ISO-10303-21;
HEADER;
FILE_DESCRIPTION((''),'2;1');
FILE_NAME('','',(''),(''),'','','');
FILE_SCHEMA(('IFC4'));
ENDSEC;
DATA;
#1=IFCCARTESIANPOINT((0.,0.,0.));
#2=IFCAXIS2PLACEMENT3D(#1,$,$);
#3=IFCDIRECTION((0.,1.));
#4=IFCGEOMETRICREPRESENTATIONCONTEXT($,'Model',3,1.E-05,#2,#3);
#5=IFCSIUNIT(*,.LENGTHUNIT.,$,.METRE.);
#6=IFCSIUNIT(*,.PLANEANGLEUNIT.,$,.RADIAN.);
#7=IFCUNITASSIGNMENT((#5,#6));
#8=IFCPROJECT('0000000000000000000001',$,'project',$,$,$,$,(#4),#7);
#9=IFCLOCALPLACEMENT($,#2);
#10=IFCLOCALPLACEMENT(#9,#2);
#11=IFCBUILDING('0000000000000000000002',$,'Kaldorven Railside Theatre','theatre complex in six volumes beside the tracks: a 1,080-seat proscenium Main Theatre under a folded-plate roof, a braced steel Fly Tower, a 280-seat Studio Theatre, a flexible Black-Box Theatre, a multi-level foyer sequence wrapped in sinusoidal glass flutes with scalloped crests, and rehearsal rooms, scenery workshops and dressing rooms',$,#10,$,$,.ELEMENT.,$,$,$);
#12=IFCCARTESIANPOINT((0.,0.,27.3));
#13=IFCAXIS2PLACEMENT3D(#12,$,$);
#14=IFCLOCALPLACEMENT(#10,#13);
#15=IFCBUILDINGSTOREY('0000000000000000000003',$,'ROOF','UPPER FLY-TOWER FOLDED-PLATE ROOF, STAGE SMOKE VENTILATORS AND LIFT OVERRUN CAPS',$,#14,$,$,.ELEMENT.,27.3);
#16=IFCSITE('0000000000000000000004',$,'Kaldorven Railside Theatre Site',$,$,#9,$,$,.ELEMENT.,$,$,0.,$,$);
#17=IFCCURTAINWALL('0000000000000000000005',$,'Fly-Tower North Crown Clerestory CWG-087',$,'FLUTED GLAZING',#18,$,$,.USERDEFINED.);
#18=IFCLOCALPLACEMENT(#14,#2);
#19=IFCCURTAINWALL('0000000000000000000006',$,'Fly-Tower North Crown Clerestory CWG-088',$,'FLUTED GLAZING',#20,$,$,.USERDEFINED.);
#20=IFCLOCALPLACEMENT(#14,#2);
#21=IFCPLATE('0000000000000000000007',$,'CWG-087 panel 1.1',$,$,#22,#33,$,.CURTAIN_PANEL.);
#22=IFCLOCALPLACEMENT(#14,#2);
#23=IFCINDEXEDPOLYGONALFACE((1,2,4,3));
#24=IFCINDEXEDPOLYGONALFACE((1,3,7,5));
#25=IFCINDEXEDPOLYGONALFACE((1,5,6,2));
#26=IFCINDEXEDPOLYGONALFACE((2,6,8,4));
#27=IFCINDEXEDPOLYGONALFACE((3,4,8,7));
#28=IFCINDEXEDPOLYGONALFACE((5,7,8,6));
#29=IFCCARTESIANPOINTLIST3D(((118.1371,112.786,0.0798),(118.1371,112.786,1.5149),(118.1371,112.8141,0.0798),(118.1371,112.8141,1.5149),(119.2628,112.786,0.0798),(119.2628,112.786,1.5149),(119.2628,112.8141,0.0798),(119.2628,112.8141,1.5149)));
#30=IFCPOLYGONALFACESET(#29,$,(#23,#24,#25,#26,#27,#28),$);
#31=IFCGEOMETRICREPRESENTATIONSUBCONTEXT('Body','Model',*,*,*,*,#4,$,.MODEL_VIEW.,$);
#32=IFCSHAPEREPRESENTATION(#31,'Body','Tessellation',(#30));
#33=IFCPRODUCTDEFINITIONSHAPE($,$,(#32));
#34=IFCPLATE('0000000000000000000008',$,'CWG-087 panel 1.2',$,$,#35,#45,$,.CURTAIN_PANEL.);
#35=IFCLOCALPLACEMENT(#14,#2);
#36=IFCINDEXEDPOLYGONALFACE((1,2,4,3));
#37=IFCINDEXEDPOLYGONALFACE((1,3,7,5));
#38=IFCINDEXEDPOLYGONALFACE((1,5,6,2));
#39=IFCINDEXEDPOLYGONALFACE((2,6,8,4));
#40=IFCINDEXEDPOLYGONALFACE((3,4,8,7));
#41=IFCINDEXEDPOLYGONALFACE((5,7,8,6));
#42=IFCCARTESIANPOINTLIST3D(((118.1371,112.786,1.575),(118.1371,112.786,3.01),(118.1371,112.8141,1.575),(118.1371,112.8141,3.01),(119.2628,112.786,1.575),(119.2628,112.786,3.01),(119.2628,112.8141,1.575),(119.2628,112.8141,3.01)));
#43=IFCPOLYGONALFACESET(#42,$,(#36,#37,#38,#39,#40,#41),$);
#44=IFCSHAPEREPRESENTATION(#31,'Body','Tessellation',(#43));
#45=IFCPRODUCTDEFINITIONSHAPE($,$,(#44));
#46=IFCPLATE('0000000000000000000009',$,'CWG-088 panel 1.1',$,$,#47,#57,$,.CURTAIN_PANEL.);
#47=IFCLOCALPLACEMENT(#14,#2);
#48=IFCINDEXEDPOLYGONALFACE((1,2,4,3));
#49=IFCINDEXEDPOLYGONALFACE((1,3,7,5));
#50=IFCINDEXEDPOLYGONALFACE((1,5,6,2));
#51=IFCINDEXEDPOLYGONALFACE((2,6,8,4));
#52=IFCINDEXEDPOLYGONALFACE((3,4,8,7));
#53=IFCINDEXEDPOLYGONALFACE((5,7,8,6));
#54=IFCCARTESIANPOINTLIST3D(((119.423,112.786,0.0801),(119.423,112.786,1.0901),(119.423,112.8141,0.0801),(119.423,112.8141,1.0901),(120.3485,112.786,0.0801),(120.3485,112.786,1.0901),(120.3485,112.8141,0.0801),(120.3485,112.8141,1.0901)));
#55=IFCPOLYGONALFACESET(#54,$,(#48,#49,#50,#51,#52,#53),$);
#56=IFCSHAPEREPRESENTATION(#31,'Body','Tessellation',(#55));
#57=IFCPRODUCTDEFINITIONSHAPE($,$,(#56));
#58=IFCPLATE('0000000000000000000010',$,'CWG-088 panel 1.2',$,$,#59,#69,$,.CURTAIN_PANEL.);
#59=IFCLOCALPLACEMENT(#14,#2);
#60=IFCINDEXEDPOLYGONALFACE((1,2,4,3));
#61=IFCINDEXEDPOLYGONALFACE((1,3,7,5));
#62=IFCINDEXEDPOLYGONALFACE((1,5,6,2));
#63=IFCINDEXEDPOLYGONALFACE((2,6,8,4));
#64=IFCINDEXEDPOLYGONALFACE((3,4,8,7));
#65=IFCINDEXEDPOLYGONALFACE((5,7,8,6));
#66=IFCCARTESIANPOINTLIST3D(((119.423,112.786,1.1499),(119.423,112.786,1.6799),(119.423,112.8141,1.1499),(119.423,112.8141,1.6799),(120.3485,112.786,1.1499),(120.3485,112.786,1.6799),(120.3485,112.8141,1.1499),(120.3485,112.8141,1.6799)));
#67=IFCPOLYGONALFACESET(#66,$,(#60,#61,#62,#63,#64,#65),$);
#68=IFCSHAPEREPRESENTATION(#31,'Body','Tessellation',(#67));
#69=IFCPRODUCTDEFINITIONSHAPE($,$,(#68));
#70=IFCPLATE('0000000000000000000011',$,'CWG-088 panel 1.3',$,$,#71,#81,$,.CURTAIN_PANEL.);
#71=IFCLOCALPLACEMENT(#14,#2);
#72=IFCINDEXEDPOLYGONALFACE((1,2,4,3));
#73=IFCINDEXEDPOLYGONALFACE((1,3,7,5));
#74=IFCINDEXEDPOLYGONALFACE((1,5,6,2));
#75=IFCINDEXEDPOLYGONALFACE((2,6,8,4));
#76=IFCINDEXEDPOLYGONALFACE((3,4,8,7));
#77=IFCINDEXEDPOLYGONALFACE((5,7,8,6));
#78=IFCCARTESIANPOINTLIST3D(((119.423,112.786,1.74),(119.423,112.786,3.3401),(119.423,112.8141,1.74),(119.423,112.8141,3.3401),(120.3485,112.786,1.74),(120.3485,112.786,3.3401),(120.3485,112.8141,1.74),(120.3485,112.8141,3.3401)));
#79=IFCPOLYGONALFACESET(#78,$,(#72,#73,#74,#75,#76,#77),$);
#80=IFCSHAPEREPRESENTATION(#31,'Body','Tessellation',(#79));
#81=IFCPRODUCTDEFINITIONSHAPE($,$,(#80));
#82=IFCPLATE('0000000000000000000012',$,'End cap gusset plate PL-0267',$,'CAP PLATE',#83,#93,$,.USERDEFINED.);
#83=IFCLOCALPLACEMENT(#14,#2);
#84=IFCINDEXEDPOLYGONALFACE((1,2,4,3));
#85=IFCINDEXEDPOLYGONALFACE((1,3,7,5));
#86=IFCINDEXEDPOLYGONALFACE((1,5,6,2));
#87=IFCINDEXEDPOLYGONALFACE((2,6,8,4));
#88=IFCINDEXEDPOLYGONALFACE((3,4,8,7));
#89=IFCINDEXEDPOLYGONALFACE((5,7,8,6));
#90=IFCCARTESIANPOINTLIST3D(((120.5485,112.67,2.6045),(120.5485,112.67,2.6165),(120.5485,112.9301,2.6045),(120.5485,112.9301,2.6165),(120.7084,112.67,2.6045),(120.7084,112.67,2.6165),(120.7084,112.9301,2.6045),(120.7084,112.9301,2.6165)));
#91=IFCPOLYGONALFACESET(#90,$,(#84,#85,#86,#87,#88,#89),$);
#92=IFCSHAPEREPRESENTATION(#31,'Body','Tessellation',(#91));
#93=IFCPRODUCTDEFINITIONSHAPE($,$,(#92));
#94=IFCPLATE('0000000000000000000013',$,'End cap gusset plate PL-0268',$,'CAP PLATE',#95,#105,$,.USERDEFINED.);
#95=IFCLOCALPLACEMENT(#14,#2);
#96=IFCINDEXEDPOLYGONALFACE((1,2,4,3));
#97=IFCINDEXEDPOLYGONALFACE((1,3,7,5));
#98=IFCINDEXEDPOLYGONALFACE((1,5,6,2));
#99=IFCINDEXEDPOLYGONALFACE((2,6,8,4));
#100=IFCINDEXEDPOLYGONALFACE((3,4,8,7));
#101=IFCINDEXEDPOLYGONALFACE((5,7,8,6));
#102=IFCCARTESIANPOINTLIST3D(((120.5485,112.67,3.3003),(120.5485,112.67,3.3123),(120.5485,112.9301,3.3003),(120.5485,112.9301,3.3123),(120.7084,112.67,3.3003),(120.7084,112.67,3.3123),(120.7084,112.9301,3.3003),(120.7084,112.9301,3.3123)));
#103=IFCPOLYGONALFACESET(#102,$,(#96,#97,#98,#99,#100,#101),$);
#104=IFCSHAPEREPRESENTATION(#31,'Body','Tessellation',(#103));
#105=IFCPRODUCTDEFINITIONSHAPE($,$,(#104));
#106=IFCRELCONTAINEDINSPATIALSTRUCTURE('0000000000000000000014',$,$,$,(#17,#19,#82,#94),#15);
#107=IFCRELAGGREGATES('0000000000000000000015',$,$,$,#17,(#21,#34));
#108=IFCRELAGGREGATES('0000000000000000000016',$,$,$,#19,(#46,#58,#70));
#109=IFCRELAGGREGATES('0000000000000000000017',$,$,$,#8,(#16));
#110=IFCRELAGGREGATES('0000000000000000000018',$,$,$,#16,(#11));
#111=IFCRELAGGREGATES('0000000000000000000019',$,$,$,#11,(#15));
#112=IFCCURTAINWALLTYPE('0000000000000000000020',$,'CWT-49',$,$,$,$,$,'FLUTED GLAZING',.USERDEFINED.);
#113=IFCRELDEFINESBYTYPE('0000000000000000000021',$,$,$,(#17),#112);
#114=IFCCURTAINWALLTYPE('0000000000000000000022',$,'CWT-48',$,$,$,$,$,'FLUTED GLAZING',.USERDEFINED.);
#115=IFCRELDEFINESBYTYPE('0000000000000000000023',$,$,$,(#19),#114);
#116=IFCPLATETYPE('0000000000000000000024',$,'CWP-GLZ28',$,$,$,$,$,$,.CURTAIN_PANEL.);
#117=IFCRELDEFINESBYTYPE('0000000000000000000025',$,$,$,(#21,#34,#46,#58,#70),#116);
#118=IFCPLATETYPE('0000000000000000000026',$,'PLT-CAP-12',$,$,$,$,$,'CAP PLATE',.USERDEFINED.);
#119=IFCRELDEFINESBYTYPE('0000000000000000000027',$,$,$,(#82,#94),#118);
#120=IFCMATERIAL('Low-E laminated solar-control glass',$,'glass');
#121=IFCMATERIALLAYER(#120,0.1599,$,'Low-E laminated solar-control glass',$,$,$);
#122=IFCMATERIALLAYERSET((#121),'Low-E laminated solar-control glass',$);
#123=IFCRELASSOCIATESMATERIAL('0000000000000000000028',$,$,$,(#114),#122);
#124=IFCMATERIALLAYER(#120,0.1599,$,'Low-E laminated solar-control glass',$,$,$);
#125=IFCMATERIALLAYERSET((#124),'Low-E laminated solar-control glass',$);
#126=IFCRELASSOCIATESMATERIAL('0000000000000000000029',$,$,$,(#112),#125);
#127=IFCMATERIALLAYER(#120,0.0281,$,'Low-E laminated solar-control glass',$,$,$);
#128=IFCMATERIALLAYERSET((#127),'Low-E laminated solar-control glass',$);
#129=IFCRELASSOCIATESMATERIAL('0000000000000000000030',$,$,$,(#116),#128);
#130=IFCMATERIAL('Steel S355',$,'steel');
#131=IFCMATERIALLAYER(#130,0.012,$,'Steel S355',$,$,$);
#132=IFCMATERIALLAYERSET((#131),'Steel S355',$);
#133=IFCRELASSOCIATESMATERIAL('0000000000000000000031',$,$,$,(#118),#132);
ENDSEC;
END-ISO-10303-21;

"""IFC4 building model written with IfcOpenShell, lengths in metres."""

from ifc_helpers import new_model, si_unit, direction, frame, origin, origin_2d, place, context, subcontext, project, spatial, rectangle, extrude, material, layer, layer_set, type_object, element, aggregate, save


model = new_model("IFC4")

# Units and contexts
model_context = context("Model", 3, precision=1e-05, world=origin(), true_north=direction((0.0, 1.0)))
body_context = subcontext(model_context, "Body", "Model", "MODEL_VIEW")
ifc_project = project(units=[si_unit("LENGTHUNIT", "METRE"), si_unit("PLANEANGLEUNIT", "RADIAN")], contexts=[model_context])

# Site, building, storey
site_placement = place(None, origin())
site = spatial("IfcSite", under=ifc_project, at=site_placement, Name="Kaldorven Railside Theatre Site", CompositionType="ELEMENT", RefElevation=0.0)
building_placement = place(site_placement, origin())
building = spatial("IfcBuilding", under=site, at=building_placement, Name="Kaldorven Railside Theatre", Description="theatre complex in six volumes beside the tracks: a 1,080-seat proscenium Main Theatre under a folded-plate roof, a braced steel Fly Tower, a 280-seat Studio Theatre, a flexible Black-Box Theatre, a multi-level foyer sequence wrapped in sinusoidal glass flutes with scalloped crests, and rehearsal rooms, scenery workshops and dressing rooms", CompositionType="ELEMENT")
storey_placement = place(building_placement, frame((0.0, 0.0, 27.3)))
storey = spatial("IfcBuildingStorey", under=building, at=storey_placement, Name="ROOF", Description="UPPER FLY-TOWER FOLDED-PLATE ROOF, STAGE SMOKE VENTILATORS AND LIFT OVERRUN CAPS", CompositionType="ELEMENT", Elevation=27.3)

# Shared definitions
ifc_material_1 = material(Name="Low-E laminated solar-control glass", Category="glass")
ifc_layer_1 = layer(ifc_material_1, 0.1599, Name="Low-E laminated solar-control glass")
ifc_layer_set_1 = layer_set([ifc_layer_1], Name="Low-E laminated solar-control glass")
curtain_wall_type_1 = type_object("IfcCurtainWallType", Name="CWT-48", ElementType="FLUTED GLAZING", PredefinedType="USERDEFINED", material=ifc_layer_set_1)

# Curtain walls
ifc_layer_2 = layer(ifc_material_1, 0.1599, Name="Low-E laminated solar-control glass")
ifc_layer_set_2 = layer_set([ifc_layer_2], Name="Low-E laminated solar-control glass")
curtain_wall_type_2 = type_object("IfcCurtainWallType", Name="CWT-49", ElementType="FLUTED GLAZING", PredefinedType="USERDEFINED", material=ifc_layer_set_2)
curtain_wall_1_placement = place(storey_placement, origin())
curtain_wall_1 = element("IfcCurtainWall", 1, at=curtain_wall_1_placement, inside=storey, type_object=curtain_wall_type_2, Name="Fly-Tower North Crown Clerestory CWG-087", ObjectType="FLUTED GLAZING", PredefinedType="USERDEFINED")
curtain_wall_2_placement = place(storey_placement, origin())
curtain_wall_2 = element("IfcCurtainWall", 2, at=curtain_wall_2_placement, inside=storey, type_object=curtain_wall_type_1, Name="Fly-Tower North Crown Clerestory CWG-088", ObjectType="FLUTED GLAZING", PredefinedType="USERDEFINED")

# Shared definitions
ifc_material_2 = material(Name="Steel S355", Category="steel")

# Plates
ifc_layer_3 = layer(ifc_material_1, 0.0281, Name="Low-E laminated solar-control glass")
ifc_layer_set_3 = layer_set([ifc_layer_3], Name="Low-E laminated solar-control glass")
plate_type_1 = type_object("IfcPlateType", Name="CWP-GLZ28", PredefinedType="CURTAIN_PANEL", material=ifc_layer_set_3)
plate_1_placement = place(storey_placement, frame((118.7, 112.8, 0.0798), z_axis=(0.0, 0.0, 1.0), x_axis=(1.0, 0.0, 0.0)))
plate_1 = element("IfcPlate", 3, at=plate_1_placement, type_object=plate_type_1, Name="CWG-087 panel 1.1", PredefinedType="CURTAIN_PANEL", context=body_context, shape_type="SweptSolid", body=[
    extrude(rectangle(XDim=1.1257, YDim=0.0281, at=origin_2d()), origin(), (0.0, 0.0, 1.0), 1.4351),
])
plate_2_placement = place(storey_placement, frame((118.7, 112.8, 1.575), z_axis=(0.0, 0.0, 1.0), x_axis=(1.0, 0.0, 0.0)))
plate_2 = element("IfcPlate", 4, at=plate_2_placement, type_object=plate_type_1, Name="CWG-087 panel 1.2", PredefinedType="CURTAIN_PANEL", context=body_context, shape_type="SweptSolid", body=[
    extrude(rectangle(XDim=1.1257, YDim=0.0281, at=origin_2d()), origin(), (0.0, 0.0, 1.0), 1.4351),
])
aggregate(curtain_wall_1, [plate_1, plate_2])
plate_3_placement = place(storey_placement, frame((119.8857, 112.8, 0.0801), z_axis=(0.0, 0.0, 1.0), x_axis=(1.0, 0.0, 0.0)))
plate_3 = element("IfcPlate", 5, at=plate_3_placement, type_object=plate_type_1, Name="CWG-088 panel 1.1", PredefinedType="CURTAIN_PANEL", context=body_context, shape_type="SweptSolid", body=[
    extrude(rectangle(XDim=0.9255, YDim=0.0281, at=origin_2d()), origin(), (0.0, 0.0, 1.0), 1.01),
])
plate_4_placement = place(storey_placement, frame((119.8857, 112.8, 1.1499), z_axis=(0.0, 0.0, 1.0), x_axis=(1.0, 0.0, 0.0)))
plate_4 = element("IfcPlate", 6, at=plate_4_placement, type_object=plate_type_1, Name="CWG-088 panel 1.2", PredefinedType="CURTAIN_PANEL", context=body_context, shape_type="SweptSolid", body=[
    extrude(rectangle(XDim=0.9255, YDim=0.0281, at=origin_2d()), origin(), (0.0, 0.0, 1.0), 0.53),
])
plate_5_placement = place(storey_placement, frame((119.8857, 112.8, 1.74), z_axis=(0.0, 0.0, 1.0), x_axis=(1.0, 0.0, 0.0)))
plate_5 = element("IfcPlate", 7, at=plate_5_placement, type_object=plate_type_1, Name="CWG-088 panel 1.3", PredefinedType="CURTAIN_PANEL", context=body_context, shape_type="SweptSolid", body=[
    extrude(rectangle(XDim=0.9255, YDim=0.0281, at=origin_2d()), origin(), (0.0, 0.0, 1.0), 1.6001),
])
aggregate(curtain_wall_2, [plate_3, plate_4, plate_5])

# Plates
ifc_layer_4 = layer(ifc_material_2, 0.012, Name="Steel S355")
ifc_layer_set_4 = layer_set([ifc_layer_4], Name="Steel S355")
plate_type_2 = type_object("IfcPlateType", Name="PLT-CAP-12", ElementType="CAP PLATE", PredefinedType="USERDEFINED", material=ifc_layer_set_4)
for number, where, z_axis, x_axis, name in (
    (8, (120.6284, 112.8, 2.6045), (0.0, 0.0, 1.0), (1.0, 0.0, 0.0), "End cap gusset plate PL-0267"),
    (9, (120.6284, 112.8, 3.3003), (0.0, 0.0, 1.0), (1.0, 0.0, 0.0), "End cap gusset plate PL-0268"),
):
    element("IfcPlate", number, at=place(storey_placement, frame(where, z_axis=z_axis, x_axis=x_axis)), inside=storey, type_object=plate_type_2, Name=name, ObjectType="CAP PLATE", PredefinedType="USERDEFINED", context=body_context, shape_type="SweptSolid", body=[
        extrude(rectangle(XDim=0.1599, YDim=0.26, at=origin_2d()), origin(), (0.0, 0.0, 1.0), 0.012),
    ])

save(model, "model.ifc")
